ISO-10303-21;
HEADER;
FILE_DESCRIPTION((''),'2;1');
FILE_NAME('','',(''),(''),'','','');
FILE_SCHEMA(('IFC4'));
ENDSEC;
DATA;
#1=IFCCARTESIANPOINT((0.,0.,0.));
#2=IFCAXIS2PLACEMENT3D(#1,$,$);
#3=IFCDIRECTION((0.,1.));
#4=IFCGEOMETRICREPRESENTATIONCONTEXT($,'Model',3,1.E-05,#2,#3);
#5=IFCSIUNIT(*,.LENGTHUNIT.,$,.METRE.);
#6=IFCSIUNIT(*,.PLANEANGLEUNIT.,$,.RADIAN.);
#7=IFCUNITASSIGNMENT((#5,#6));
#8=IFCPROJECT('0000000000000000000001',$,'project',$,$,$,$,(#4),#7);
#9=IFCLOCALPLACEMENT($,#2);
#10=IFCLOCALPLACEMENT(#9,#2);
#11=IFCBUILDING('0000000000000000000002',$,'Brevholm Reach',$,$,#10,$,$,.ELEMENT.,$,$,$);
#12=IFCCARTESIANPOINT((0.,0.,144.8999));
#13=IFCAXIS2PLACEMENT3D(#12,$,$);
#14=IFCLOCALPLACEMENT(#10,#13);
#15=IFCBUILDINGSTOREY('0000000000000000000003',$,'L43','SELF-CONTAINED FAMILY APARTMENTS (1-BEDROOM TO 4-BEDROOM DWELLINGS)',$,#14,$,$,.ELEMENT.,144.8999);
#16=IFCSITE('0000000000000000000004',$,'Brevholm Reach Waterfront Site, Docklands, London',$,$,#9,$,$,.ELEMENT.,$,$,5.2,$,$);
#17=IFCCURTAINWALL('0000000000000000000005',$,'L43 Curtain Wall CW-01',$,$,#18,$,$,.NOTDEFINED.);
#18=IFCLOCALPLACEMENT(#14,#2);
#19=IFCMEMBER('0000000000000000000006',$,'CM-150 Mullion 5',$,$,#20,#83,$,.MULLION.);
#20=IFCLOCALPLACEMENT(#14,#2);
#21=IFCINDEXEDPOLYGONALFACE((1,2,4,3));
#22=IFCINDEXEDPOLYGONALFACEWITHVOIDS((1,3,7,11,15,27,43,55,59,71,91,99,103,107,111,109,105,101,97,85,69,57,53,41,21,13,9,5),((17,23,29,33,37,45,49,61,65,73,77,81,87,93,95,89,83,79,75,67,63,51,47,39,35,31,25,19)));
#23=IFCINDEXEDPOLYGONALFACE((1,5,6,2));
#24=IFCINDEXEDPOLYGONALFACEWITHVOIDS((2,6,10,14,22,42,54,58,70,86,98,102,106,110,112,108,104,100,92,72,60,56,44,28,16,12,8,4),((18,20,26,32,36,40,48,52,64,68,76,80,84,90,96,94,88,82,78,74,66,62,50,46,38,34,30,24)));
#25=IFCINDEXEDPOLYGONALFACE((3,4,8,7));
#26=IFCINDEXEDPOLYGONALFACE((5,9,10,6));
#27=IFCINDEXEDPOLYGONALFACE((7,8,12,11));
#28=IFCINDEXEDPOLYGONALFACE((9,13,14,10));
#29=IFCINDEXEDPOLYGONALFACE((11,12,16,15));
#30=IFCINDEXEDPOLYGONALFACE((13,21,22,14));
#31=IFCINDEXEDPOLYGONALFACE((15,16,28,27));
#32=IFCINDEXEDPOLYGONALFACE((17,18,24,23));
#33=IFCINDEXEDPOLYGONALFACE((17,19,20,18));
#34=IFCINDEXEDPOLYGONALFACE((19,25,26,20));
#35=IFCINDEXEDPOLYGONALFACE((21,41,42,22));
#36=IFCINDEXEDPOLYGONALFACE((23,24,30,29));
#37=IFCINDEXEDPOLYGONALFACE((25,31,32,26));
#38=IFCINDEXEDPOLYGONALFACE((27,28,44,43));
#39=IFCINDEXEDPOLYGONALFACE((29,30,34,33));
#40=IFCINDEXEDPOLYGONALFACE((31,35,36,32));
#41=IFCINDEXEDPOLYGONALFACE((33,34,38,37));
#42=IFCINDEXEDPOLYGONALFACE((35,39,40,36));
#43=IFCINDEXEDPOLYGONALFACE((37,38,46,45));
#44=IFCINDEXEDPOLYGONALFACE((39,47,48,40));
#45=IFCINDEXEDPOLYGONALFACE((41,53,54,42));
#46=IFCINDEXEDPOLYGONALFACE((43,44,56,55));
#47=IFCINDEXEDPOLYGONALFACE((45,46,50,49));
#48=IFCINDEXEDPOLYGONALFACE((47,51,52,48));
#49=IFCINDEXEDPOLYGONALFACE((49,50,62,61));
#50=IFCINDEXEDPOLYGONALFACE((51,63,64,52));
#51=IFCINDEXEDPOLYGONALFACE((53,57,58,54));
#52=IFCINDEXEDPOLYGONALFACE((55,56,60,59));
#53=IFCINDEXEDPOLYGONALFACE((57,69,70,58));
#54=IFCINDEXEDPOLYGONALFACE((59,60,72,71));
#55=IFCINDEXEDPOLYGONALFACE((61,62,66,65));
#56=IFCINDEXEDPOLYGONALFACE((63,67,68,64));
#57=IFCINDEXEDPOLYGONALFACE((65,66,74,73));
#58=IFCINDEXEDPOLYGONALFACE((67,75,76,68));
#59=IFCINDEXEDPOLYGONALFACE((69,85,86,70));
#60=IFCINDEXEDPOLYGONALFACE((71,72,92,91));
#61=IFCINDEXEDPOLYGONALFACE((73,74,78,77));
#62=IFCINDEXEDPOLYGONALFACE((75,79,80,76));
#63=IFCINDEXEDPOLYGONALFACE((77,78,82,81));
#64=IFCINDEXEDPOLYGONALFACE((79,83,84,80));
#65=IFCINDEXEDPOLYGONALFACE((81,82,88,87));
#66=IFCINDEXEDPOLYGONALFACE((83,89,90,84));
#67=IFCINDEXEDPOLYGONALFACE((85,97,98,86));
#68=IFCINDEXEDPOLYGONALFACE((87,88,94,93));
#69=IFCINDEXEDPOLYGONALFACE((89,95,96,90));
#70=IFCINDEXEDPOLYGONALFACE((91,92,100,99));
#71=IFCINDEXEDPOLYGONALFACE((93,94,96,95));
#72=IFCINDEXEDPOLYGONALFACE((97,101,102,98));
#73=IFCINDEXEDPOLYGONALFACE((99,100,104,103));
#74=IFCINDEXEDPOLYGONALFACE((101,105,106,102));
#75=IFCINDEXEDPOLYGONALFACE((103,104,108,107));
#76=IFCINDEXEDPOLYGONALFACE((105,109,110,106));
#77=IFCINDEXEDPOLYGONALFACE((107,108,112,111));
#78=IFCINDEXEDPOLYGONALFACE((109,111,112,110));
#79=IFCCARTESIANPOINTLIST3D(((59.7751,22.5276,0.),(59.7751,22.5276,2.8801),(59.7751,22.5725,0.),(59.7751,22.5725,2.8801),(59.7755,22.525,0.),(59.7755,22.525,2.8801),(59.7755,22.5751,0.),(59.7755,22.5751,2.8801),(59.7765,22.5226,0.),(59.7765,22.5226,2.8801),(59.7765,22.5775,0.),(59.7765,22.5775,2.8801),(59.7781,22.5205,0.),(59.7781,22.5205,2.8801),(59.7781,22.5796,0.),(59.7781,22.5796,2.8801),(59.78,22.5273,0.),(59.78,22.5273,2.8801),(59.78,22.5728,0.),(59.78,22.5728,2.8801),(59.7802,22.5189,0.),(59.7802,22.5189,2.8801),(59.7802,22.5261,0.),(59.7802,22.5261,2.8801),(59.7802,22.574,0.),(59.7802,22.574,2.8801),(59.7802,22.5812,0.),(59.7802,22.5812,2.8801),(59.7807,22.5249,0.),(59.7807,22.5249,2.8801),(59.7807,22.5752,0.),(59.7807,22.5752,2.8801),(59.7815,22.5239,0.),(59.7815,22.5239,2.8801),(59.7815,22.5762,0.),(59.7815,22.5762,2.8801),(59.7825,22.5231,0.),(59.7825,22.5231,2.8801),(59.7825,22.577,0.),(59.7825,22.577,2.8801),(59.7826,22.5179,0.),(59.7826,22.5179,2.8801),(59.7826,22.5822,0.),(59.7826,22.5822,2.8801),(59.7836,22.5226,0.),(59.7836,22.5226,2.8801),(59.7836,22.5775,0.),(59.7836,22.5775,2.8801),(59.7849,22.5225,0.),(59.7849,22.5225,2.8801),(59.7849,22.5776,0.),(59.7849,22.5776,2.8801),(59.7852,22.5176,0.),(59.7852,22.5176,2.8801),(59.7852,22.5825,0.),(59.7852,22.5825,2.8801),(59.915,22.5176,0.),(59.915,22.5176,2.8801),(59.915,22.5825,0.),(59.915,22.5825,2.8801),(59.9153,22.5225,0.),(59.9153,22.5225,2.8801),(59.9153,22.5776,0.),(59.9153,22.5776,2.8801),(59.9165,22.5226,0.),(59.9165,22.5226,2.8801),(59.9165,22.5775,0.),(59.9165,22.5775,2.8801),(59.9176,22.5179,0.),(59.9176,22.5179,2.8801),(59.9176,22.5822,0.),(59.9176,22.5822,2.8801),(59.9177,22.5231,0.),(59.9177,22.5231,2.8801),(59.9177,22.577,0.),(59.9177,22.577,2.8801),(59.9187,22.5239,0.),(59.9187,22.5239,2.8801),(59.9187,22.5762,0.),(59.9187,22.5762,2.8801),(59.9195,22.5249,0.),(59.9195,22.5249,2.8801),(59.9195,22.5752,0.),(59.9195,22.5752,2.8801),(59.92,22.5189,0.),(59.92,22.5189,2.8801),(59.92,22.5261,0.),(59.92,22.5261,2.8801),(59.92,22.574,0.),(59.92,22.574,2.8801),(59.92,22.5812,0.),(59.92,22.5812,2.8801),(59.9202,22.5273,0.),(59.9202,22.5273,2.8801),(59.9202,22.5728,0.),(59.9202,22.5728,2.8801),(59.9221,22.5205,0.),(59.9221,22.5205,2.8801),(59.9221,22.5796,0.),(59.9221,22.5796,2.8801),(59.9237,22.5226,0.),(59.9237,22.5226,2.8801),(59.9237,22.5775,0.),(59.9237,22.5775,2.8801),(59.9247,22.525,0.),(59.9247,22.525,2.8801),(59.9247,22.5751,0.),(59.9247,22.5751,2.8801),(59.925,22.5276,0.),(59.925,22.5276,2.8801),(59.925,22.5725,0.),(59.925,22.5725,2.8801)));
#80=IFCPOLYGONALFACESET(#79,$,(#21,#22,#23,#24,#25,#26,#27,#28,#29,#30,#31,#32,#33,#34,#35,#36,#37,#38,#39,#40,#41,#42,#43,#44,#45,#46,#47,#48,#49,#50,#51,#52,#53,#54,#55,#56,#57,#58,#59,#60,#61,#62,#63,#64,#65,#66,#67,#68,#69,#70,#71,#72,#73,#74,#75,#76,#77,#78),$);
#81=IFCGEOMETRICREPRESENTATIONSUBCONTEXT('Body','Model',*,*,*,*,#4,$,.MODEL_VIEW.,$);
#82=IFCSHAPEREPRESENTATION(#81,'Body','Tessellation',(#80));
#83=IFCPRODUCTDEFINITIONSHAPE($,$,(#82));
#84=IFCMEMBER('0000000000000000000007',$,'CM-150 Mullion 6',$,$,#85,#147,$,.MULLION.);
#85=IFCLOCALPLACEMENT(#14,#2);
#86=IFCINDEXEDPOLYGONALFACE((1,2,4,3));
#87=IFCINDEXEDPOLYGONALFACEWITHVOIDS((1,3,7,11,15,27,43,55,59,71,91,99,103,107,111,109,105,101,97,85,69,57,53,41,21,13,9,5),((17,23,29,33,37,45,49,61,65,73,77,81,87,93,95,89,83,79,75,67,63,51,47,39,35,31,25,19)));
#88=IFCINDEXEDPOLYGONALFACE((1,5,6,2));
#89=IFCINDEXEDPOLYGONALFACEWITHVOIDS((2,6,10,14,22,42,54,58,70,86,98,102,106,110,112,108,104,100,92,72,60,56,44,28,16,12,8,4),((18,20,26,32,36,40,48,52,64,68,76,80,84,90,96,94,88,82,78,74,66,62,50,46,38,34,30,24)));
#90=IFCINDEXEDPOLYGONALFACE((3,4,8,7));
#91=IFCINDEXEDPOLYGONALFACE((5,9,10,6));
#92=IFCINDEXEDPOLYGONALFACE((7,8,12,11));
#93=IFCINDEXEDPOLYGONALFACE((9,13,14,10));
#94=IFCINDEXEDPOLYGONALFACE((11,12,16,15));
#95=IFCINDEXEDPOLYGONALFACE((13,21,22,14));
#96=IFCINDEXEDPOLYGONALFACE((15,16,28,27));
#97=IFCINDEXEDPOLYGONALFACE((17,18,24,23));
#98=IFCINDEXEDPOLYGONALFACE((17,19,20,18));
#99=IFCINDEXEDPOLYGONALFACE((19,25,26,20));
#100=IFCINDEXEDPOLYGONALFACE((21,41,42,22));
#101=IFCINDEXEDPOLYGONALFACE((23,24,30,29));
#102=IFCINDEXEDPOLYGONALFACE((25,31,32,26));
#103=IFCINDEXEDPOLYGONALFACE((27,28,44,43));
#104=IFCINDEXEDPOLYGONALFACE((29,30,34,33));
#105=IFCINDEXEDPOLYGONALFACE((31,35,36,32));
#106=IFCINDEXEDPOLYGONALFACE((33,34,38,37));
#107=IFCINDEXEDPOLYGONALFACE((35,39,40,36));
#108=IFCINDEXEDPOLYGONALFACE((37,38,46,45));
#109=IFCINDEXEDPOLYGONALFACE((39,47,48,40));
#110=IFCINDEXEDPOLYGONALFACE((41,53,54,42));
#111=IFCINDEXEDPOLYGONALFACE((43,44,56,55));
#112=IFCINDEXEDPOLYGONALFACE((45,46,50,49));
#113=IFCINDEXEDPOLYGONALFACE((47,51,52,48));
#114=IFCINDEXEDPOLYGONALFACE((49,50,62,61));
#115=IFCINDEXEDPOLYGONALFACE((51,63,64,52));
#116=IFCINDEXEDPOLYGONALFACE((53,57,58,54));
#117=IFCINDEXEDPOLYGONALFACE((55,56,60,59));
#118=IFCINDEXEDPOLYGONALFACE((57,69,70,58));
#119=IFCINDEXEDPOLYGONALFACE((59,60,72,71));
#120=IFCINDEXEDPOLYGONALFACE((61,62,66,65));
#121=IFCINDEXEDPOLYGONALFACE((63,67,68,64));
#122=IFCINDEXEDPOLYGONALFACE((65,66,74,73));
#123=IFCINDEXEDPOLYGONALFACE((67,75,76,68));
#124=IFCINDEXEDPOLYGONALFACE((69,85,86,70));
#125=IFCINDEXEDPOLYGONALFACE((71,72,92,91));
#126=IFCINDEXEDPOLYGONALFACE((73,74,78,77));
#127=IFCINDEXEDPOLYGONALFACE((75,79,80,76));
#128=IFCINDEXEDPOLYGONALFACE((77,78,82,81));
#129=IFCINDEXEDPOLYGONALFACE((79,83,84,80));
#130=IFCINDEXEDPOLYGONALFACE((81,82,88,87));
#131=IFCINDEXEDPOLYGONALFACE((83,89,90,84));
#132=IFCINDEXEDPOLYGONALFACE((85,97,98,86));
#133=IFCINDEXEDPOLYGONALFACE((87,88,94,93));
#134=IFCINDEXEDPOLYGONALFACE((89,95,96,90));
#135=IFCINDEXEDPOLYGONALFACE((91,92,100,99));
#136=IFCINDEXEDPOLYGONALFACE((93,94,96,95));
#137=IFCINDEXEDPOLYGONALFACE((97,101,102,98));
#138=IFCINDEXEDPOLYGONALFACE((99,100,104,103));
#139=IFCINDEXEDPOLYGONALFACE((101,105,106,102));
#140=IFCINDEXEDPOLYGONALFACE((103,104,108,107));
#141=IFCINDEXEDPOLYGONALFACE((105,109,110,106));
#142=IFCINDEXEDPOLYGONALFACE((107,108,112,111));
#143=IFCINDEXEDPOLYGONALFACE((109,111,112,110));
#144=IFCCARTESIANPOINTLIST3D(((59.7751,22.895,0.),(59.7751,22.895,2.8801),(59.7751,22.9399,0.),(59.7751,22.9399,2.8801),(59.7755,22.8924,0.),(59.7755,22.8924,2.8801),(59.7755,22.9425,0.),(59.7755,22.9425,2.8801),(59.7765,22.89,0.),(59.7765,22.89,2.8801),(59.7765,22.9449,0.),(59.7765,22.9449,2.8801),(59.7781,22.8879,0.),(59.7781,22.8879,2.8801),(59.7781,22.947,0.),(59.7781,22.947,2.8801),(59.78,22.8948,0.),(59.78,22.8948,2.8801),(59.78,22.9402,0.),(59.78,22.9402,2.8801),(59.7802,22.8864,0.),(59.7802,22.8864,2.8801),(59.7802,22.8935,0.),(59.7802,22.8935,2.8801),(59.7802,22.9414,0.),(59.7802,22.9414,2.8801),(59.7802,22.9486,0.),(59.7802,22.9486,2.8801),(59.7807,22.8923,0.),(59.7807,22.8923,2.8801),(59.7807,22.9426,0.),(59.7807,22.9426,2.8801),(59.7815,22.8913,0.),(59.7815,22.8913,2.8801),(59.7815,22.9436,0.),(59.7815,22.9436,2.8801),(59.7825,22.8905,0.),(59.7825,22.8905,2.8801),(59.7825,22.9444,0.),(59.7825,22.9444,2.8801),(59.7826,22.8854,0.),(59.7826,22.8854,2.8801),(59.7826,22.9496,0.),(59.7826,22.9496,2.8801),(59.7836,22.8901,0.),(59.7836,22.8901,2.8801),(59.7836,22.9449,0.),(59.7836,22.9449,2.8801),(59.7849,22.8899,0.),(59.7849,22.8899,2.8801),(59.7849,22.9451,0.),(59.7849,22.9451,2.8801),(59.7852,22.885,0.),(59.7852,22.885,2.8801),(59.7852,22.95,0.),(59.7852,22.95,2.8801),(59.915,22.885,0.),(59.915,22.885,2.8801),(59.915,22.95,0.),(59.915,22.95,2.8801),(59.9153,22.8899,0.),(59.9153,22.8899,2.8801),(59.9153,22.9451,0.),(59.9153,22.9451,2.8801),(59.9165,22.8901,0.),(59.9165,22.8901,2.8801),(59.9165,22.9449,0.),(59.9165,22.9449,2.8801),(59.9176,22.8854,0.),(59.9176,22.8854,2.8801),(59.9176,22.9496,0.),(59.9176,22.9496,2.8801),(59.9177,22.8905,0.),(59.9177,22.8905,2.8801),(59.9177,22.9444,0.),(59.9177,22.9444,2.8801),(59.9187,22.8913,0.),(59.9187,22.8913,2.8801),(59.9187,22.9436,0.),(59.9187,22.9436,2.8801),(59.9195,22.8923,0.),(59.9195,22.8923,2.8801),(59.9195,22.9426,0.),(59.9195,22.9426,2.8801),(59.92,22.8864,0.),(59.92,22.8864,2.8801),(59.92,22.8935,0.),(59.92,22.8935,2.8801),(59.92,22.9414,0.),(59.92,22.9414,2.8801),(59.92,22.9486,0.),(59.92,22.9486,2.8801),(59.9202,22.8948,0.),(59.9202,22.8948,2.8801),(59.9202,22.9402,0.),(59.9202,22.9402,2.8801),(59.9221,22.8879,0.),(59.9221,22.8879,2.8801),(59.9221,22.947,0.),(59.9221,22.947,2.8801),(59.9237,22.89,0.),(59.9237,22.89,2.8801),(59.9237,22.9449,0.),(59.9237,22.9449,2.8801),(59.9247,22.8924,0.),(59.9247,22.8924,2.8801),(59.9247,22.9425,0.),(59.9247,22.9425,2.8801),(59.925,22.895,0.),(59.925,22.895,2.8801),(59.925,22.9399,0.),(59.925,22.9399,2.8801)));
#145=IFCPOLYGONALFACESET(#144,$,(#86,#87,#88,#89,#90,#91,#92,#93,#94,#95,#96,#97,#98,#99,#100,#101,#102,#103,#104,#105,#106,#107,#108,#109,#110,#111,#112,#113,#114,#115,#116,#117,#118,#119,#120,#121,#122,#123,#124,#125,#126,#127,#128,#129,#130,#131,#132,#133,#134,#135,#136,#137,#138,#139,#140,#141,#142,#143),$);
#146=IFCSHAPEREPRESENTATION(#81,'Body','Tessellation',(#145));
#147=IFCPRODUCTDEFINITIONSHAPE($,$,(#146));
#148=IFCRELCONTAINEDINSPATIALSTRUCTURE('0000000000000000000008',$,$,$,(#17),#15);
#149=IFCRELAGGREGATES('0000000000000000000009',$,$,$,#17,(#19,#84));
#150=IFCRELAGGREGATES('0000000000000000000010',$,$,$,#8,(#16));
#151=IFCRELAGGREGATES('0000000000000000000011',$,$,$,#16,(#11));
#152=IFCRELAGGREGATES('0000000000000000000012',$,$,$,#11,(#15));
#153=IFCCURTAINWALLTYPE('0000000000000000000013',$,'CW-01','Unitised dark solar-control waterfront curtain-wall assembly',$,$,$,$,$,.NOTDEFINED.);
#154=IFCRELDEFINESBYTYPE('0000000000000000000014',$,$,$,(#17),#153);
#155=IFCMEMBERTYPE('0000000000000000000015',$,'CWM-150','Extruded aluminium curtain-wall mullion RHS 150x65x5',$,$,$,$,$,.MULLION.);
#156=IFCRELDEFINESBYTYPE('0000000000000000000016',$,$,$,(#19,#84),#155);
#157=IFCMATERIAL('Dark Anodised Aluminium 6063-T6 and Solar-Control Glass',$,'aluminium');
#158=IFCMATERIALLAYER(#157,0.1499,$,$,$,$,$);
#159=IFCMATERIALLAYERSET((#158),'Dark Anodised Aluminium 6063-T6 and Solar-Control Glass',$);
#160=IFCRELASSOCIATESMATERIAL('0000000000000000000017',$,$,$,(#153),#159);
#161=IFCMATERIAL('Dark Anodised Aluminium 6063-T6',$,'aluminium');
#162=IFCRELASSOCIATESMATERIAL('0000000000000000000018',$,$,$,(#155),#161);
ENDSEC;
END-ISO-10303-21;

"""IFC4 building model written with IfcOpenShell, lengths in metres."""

from ifc_helpers import new_model, si_unit, direction, frame, origin, origin_2d, place, context, subcontext, project, spatial, hollow_rectangle, extrude, material, layer, layer_set, material_profile, profile_set, type_object, element, aggregate, save


model = new_model("IFC4")

# Units and contexts
model_context = context("Model", 3, precision=1e-05, world=origin(), true_north=direction((0.0, 1.0)))
body_context = subcontext(model_context, "Body", "Model", "MODEL_VIEW")
ifc_project = project(units=[si_unit("LENGTHUNIT", "METRE"), si_unit("PLANEANGLEUNIT", "RADIAN")], contexts=[model_context])

# Site, building, storey
site_placement = place(None, origin())
site = spatial("IfcSite", under=ifc_project, at=site_placement, Name="Brevholm Reach Waterfront Site, Docklands, London", CompositionType="ELEMENT", RefElevation=5.2)
building_placement = place(site_placement, origin())
building = spatial("IfcBuilding", under=site, at=building_placement, Name="Brevholm Reach", CompositionType="ELEMENT")
storey_placement = place(building_placement, frame((0.0, 0.0, 144.8999)))
storey = spatial("IfcBuildingStorey", under=building, at=storey_placement, Name="L43", Description="SELF-CONTAINED FAMILY APARTMENTS (1-BEDROOM TO 4-BEDROOM DWELLINGS)", CompositionType="ELEMENT", Elevation=144.8999)

# Curtain wall, members
ifc_material_1 = material(Name="Dark Anodised Aluminium 6063-T6 and Solar-Control Glass", Category="aluminium")
ifc_layer_1 = layer(ifc_material_1, 0.1499)
ifc_layer_set_1 = layer_set([ifc_layer_1], Name="Dark Anodised Aluminium 6063-T6 and Solar-Control Glass")
curtain_wall_type = type_object("IfcCurtainWallType", Name="CW-01", Description="Unitised dark solar-control waterfront curtain-wall assembly", PredefinedType="NOTDEFINED", material=ifc_layer_set_1)
curtain_wall_placement = place(storey_placement, origin())
curtain_wall = element("IfcCurtainWall", 1, at=curtain_wall_placement, inside=storey, type_object=curtain_wall_type, Name="L43 Curtain Wall CW-01", PredefinedType="NOTDEFINED")
ifc_material_2 = material(Name="Dark Anodised Aluminium 6063-T6", Category="aluminium")
ifc_material_profile_1 = material_profile(ifc_material_2, hollow_rectangle(XDim=0.0649, YDim=0.1499, WallThickness=0.0049, InnerFilletRadius=0.0049, OuterFilletRadius=0.01, at=origin_2d()), Name="RHS 150x65x5")
ifc_profile_set_1 = profile_set([ifc_material_profile_1], Name="Dark Anodised Aluminium 6063-T6")
member_type_1 = type_object("IfcMemberType", Name="CWM-150", Description="Extruded aluminium curtain-wall mullion RHS 150x65x5", PredefinedType="MULLION", material=ifc_profile_set_1)
member_1_placement = place(storey_placement, frame((59.8501, 22.55, 0.0), z_axis=(0.0, 0.0, 1.0), x_axis=(0.0, 1.0, 0.0)))
member_1 = element("IfcMember", 2, at=member_1_placement, type_object=member_type_1, Name="CM-150 Mullion 5", PredefinedType="MULLION", context=body_context, shape_type="SweptSolid", body=[
    extrude(hollow_rectangle(XDim=0.0649, YDim=0.1499, WallThickness=0.0049, InnerFilletRadius=0.0049, OuterFilletRadius=0.01, at=origin_2d()), origin(), (0.0, 0.0, 1.0), 2.8801),
])
member_2_placement = place(storey_placement, frame((59.8501, 22.9175, 0.0), z_axis=(0.0, 0.0, 1.0), x_axis=(0.0, 1.0, 0.0)))
member_2 = element("IfcMember", 3, at=member_2_placement, type_object=member_type_1, Name="CM-150 Mullion 6", PredefinedType="MULLION", context=body_context, shape_type="SweptSolid", body=[
    extrude(hollow_rectangle(XDim=0.0649, YDim=0.1499, WallThickness=0.0049, InnerFilletRadius=0.0049, OuterFilletRadius=0.01, at=origin_2d()), origin(), (0.0, 0.0, 1.0), 2.8801),
])
aggregate(curtain_wall, [member_1, member_2])

save(model, "model.ifc")
